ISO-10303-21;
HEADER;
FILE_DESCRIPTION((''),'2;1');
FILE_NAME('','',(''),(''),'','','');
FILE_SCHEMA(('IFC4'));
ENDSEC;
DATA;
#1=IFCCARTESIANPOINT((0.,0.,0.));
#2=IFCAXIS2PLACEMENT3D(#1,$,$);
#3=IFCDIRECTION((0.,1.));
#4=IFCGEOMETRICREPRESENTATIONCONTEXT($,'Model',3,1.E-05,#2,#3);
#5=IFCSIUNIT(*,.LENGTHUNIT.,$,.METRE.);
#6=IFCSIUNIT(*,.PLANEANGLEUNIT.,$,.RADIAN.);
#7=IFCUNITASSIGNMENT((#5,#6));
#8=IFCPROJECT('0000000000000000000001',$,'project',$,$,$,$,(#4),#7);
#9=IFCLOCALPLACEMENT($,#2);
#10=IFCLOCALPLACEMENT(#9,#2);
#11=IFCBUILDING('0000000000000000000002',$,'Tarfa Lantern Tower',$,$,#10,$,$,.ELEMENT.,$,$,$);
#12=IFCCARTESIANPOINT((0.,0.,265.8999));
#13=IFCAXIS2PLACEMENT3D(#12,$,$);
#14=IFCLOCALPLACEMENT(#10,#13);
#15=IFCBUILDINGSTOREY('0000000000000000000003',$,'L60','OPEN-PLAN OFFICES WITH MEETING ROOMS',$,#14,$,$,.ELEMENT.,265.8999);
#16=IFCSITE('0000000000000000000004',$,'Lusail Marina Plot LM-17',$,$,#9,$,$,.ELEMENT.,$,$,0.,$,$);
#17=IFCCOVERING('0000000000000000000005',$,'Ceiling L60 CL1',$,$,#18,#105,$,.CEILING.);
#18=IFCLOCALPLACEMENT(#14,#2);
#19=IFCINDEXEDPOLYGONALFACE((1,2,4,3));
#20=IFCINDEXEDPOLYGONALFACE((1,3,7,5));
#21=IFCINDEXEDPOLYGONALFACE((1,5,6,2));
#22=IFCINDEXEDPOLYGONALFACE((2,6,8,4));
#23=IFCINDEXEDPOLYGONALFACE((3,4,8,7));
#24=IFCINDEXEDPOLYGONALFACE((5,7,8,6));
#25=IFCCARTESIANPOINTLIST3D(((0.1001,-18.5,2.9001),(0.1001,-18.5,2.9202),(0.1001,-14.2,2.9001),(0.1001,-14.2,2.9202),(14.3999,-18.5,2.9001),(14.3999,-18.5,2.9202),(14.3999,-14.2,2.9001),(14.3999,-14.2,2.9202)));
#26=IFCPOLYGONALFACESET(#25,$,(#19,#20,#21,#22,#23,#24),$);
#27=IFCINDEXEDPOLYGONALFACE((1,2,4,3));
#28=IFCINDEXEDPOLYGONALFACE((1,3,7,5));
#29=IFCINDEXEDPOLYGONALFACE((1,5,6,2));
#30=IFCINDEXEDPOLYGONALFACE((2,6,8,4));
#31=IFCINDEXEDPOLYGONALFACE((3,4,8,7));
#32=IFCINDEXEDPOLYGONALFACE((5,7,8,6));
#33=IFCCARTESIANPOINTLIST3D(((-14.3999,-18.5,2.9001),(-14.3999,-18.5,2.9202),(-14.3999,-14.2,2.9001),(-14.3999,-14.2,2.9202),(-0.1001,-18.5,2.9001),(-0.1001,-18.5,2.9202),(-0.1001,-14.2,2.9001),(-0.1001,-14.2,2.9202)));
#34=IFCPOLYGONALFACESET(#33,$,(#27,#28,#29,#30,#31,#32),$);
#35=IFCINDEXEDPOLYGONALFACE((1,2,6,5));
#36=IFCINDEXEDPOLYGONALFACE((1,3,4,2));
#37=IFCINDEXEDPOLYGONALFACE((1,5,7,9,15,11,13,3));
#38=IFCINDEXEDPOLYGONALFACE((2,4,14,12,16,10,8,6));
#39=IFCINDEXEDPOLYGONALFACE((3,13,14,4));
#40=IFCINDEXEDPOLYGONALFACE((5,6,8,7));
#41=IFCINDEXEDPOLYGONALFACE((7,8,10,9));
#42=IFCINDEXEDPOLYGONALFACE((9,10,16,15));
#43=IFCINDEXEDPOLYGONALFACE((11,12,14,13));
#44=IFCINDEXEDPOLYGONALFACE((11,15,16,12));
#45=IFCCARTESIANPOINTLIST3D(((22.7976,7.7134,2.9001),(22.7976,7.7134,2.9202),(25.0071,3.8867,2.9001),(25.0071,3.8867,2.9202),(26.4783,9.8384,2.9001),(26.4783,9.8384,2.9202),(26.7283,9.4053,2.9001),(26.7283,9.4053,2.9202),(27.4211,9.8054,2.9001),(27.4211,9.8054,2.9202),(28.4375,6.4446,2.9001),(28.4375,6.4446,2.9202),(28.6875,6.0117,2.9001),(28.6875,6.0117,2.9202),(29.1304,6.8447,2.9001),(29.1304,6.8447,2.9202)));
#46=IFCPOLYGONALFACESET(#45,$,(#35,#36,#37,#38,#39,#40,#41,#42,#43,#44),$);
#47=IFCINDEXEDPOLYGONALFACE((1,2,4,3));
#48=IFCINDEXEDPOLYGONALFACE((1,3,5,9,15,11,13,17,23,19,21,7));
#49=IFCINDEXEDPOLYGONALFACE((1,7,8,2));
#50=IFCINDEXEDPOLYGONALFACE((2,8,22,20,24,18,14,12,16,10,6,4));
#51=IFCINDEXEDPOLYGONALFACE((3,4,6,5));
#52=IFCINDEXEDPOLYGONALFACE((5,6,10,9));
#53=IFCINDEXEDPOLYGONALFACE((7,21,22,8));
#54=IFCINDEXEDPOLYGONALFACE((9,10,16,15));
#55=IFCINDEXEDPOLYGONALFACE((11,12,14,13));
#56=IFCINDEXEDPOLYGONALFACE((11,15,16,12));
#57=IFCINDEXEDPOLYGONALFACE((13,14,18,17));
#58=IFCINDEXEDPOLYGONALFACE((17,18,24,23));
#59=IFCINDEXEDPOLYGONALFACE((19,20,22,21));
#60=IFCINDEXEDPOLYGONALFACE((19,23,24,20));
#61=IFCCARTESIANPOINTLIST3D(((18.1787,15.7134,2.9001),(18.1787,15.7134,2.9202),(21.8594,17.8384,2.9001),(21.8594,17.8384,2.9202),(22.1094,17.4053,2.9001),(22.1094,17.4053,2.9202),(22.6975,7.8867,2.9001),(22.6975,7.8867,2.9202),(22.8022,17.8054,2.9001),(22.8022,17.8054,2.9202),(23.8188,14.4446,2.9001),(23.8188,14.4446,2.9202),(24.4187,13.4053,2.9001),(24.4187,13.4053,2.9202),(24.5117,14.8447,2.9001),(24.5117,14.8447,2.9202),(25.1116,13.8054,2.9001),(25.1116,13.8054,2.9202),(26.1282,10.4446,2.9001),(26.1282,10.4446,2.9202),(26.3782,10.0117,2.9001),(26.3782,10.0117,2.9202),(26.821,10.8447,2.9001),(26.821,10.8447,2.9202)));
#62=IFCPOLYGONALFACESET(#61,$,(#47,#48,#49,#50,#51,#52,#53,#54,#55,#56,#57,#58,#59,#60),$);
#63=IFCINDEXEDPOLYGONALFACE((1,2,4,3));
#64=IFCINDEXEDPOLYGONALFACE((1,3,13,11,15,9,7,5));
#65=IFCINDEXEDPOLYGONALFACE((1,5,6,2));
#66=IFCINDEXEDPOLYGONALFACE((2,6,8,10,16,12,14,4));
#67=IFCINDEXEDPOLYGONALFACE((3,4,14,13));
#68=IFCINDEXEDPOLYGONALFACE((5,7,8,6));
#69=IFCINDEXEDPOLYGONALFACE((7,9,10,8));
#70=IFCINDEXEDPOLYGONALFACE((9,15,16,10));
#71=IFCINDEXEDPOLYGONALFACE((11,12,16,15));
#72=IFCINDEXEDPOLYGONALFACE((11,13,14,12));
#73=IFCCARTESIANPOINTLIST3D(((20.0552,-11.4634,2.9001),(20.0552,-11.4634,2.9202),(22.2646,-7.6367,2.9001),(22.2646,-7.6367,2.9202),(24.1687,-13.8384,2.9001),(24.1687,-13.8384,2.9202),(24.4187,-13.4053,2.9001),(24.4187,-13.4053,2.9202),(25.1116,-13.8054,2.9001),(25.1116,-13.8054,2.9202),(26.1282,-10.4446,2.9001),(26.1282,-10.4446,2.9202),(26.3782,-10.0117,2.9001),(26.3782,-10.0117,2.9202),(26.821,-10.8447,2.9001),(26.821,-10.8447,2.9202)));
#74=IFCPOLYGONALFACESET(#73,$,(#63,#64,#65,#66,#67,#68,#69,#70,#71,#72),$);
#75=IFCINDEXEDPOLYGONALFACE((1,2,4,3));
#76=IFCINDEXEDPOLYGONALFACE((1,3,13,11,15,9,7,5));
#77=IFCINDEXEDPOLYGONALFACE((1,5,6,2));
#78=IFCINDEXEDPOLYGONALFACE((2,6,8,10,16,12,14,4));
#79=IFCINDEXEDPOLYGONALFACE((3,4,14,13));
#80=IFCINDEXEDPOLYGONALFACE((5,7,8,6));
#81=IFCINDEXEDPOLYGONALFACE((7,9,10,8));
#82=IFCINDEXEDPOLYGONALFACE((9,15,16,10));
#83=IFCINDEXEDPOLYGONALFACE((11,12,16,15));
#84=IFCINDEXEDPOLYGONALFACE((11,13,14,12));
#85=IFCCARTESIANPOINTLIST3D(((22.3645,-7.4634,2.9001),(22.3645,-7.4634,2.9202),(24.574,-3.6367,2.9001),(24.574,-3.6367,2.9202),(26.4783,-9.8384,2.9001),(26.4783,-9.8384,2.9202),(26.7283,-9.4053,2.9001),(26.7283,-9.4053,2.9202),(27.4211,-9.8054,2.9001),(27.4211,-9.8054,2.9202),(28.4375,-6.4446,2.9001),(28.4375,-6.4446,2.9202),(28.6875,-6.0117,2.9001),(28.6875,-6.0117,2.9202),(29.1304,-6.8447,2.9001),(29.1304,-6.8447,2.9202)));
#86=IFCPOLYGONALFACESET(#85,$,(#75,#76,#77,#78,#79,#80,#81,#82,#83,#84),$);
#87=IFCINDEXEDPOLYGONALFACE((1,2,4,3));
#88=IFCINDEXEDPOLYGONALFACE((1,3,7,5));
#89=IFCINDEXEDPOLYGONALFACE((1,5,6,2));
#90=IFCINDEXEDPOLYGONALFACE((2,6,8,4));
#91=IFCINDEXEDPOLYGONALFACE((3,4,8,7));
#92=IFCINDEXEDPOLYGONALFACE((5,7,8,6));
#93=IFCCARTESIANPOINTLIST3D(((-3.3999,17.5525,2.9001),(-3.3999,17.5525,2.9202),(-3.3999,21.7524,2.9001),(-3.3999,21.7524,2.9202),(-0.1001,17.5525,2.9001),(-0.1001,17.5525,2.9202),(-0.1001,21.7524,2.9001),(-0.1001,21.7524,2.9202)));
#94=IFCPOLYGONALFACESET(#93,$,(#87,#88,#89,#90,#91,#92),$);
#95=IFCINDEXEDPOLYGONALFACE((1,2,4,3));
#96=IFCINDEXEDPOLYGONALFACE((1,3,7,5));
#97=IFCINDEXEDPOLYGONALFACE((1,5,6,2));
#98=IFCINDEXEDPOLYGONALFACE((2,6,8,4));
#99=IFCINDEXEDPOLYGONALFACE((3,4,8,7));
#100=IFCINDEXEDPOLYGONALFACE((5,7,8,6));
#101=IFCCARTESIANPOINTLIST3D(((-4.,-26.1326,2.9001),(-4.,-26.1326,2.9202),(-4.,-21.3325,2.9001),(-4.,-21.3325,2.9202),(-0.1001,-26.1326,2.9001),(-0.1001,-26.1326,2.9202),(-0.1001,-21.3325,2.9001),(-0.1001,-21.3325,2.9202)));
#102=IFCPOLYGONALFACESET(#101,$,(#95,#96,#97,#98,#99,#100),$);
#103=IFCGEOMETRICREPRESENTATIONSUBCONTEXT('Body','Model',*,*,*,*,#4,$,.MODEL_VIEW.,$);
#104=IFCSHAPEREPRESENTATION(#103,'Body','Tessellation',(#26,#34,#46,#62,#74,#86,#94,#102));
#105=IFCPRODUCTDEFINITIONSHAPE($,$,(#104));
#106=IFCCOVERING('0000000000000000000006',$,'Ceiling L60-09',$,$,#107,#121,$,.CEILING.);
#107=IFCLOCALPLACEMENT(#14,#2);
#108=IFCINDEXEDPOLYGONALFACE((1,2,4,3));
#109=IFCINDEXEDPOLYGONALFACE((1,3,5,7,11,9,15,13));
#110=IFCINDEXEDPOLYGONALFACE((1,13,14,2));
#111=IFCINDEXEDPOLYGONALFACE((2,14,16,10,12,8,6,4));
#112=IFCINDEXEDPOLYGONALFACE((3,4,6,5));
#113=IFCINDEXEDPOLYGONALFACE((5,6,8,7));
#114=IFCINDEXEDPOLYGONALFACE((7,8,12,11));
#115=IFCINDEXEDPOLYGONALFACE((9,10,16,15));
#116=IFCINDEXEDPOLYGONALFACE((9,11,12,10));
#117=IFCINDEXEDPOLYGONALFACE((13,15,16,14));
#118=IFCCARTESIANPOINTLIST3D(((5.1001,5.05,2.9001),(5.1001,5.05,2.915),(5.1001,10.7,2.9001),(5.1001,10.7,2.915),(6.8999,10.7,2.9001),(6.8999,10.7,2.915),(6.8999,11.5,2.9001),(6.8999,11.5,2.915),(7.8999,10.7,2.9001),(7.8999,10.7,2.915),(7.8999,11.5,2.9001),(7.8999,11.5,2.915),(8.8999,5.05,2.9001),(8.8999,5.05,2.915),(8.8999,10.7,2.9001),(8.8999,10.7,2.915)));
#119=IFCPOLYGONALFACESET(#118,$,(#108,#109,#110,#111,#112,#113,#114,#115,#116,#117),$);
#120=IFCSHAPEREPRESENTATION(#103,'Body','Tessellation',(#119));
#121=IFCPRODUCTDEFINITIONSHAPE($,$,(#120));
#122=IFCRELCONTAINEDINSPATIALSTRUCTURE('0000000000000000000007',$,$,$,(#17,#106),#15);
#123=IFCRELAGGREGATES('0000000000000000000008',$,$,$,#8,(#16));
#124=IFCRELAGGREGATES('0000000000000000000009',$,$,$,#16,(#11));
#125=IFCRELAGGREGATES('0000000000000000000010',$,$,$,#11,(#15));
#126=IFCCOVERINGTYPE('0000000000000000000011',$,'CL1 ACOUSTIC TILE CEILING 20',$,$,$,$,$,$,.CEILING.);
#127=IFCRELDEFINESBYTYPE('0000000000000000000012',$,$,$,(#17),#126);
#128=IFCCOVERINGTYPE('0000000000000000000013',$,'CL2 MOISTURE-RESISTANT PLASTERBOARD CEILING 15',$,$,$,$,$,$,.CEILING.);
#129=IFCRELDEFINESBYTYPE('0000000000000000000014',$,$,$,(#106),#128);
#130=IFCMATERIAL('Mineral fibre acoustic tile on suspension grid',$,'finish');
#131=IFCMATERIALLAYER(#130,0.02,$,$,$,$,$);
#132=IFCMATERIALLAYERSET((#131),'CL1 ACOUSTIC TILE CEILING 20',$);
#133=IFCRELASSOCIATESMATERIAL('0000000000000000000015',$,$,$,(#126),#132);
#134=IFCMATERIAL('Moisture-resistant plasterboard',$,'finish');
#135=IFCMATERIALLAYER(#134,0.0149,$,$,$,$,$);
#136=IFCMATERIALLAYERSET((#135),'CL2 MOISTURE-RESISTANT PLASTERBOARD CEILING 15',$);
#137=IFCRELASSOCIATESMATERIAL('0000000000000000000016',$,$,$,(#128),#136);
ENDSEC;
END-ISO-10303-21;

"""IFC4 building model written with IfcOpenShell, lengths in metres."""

from ifc_helpers import new_model, si_unit, direction, frame, origin, place, context, subcontext, project, spatial, polyline, outline, extrude, material, layer, layer_set, type_object, element, save


model = new_model("IFC4")

# Units and contexts
model_context = context("Model", 3, precision=1e-05, world=origin(), true_north=direction((0.0, 1.0)))
body_context = subcontext(model_context, "Body", "Model", "MODEL_VIEW")
ifc_project = project(units=[si_unit("LENGTHUNIT", "METRE"), si_unit("PLANEANGLEUNIT", "RADIAN")], contexts=[model_context])

# Site, building, storey
site_placement = place(None, origin())
site = spatial("IfcSite", under=ifc_project, at=site_placement, Name="Lusail Marina Plot LM-17", CompositionType="ELEMENT", RefElevation=0.0)
building_placement = place(site_placement, origin())
building = spatial("IfcBuilding", under=site, at=building_placement, Name="Tarfa Lantern Tower", CompositionType="ELEMENT")
storey_placement = place(building_placement, frame((0.0, 0.0, 265.8999)))
storey = spatial("IfcBuildingStorey", under=building, at=storey_placement, Name="L60", Description="OPEN-PLAN OFFICES WITH MEETING ROOMS", CompositionType="ELEMENT", Elevation=265.8999)

# Coverings
ifc_material_1 = material(Name="Mineral fibre acoustic tile on suspension grid", Category="finish")
ifc_layer_1 = layer(ifc_material_1, 0.02)
ifc_layer_set_1 = layer_set([ifc_layer_1], Name="CL1 ACOUSTIC TILE CEILING 20")
covering_type_1 = type_object("IfcCoveringType", Name="CL1 ACOUSTIC TILE CEILING 20", PredefinedType="CEILING", material=ifc_layer_set_1)
covering_1_placement = place(storey_placement, frame((0.0, 0.0, 2.9001)))
element("IfcCovering", 1, at=covering_1_placement, inside=storey, type_object=covering_type_1, Name="Ceiling L60 CL1", PredefinedType="CEILING", context=body_context, shape_type="SweptSolid", body=[
    extrude(outline(polyline([(0.1001, -14.2), (14.3999, -14.2), (14.3999, -18.5), (0.1001, -18.5), (0.1001, -14.2)])), origin(), (0.0, 0.0, 1.0), 0.02),
    extrude(outline(polyline([(-14.3999, -14.2), (-0.1001, -14.2), (-0.1001, -18.5), (-14.3999, -18.5), (-14.3999, -14.2)])), origin(), (0.0, 0.0, 1.0), 0.02),
    extrude(outline(polyline([(22.7976, 7.7134), (26.4783, 9.8384), (26.7283, 9.4053), (27.4211, 9.8054), (29.1304, 6.8447), (28.4375, 6.4446), (28.6875, 6.0117), (25.0071, 3.8867), (22.7976, 7.7134)])), origin(), (0.0, 0.0, 1.0), 0.02),
    extrude(outline(polyline([(18.1787, 15.7134), (21.8594, 17.8384), (22.1094, 17.4053), (22.8022, 17.8054), (24.5117, 14.8447), (23.8188, 14.4446), (24.4187, 13.4053), (25.1116, 13.8054), (26.821, 10.8447), (26.1282, 10.4446), (26.3782, 10.0117), (22.6975, 7.8867), (18.1787, 15.7134)])), origin(), (0.0, 0.0, 1.0), 0.02),
    extrude(outline(polyline([(22.2646, -7.6367), (26.3782, -10.0117), (26.1282, -10.4446), (26.821, -10.8447), (25.1116, -13.8054), (24.4187, -13.4053), (24.1687, -13.8384), (20.0552, -11.4634), (22.2646, -7.6367)])), origin(), (0.0, 0.0, 1.0), 0.02),
    extrude(outline(polyline([(24.574, -3.6367), (28.6875, -6.0117), (28.4375, -6.4446), (29.1304, -6.8447), (27.4211, -9.8054), (26.7283, -9.4053), (26.4783, -9.8384), (22.3645, -7.4634), (24.574, -3.6367)])), origin(), (0.0, 0.0, 1.0), 0.02),
    extrude(outline(polyline([(-3.3999, 21.7524), (-0.1001, 21.7524), (-0.1001, 17.5525), (-3.3999, 17.5525), (-3.3999, 21.7524)])), origin(), (0.0, 0.0, 1.0), 0.02),
    extrude(outline(polyline([(-4.0, -26.1326), (-4.0, -21.3325), (-0.1001, -21.3325), (-0.1001, -26.1326), (-4.0, -26.1326)])), origin(), (0.0, 0.0, 1.0), 0.02),
])
ifc_material_2 = material(Name="Moisture-resistant plasterboard", Category="finish")
ifc_layer_2 = layer(ifc_material_2, 0.0149)
ifc_layer_set_2 = layer_set([ifc_layer_2], Name="CL2 MOISTURE-RESISTANT PLASTERBOARD CEILING 15")
covering_type_2 = type_object("IfcCoveringType", Name="CL2 MOISTURE-RESISTANT PLASTERBOARD CEILING 15", PredefinedType="CEILING", material=ifc_layer_set_2)
covering_2_placement = place(storey_placement, frame((0.0, 0.0, 2.9001)))
element("IfcCovering", 2, at=covering_2_placement, inside=storey, type_object=covering_type_2, Name="Ceiling L60-09", PredefinedType="CEILING", context=body_context, shape_type="SweptSolid", body=[
    extrude(outline(polyline([(5.1001, 5.05), (8.8999, 5.05), (8.8999, 10.7), (7.8999, 10.7), (7.8999, 11.5), (6.8999, 11.5), (6.8999, 10.7), (5.1001, 10.7), (5.1001, 5.05)])), origin(), (0.0, 0.0, 1.0), 0.0149),
])

save(model, "model.ifc")
